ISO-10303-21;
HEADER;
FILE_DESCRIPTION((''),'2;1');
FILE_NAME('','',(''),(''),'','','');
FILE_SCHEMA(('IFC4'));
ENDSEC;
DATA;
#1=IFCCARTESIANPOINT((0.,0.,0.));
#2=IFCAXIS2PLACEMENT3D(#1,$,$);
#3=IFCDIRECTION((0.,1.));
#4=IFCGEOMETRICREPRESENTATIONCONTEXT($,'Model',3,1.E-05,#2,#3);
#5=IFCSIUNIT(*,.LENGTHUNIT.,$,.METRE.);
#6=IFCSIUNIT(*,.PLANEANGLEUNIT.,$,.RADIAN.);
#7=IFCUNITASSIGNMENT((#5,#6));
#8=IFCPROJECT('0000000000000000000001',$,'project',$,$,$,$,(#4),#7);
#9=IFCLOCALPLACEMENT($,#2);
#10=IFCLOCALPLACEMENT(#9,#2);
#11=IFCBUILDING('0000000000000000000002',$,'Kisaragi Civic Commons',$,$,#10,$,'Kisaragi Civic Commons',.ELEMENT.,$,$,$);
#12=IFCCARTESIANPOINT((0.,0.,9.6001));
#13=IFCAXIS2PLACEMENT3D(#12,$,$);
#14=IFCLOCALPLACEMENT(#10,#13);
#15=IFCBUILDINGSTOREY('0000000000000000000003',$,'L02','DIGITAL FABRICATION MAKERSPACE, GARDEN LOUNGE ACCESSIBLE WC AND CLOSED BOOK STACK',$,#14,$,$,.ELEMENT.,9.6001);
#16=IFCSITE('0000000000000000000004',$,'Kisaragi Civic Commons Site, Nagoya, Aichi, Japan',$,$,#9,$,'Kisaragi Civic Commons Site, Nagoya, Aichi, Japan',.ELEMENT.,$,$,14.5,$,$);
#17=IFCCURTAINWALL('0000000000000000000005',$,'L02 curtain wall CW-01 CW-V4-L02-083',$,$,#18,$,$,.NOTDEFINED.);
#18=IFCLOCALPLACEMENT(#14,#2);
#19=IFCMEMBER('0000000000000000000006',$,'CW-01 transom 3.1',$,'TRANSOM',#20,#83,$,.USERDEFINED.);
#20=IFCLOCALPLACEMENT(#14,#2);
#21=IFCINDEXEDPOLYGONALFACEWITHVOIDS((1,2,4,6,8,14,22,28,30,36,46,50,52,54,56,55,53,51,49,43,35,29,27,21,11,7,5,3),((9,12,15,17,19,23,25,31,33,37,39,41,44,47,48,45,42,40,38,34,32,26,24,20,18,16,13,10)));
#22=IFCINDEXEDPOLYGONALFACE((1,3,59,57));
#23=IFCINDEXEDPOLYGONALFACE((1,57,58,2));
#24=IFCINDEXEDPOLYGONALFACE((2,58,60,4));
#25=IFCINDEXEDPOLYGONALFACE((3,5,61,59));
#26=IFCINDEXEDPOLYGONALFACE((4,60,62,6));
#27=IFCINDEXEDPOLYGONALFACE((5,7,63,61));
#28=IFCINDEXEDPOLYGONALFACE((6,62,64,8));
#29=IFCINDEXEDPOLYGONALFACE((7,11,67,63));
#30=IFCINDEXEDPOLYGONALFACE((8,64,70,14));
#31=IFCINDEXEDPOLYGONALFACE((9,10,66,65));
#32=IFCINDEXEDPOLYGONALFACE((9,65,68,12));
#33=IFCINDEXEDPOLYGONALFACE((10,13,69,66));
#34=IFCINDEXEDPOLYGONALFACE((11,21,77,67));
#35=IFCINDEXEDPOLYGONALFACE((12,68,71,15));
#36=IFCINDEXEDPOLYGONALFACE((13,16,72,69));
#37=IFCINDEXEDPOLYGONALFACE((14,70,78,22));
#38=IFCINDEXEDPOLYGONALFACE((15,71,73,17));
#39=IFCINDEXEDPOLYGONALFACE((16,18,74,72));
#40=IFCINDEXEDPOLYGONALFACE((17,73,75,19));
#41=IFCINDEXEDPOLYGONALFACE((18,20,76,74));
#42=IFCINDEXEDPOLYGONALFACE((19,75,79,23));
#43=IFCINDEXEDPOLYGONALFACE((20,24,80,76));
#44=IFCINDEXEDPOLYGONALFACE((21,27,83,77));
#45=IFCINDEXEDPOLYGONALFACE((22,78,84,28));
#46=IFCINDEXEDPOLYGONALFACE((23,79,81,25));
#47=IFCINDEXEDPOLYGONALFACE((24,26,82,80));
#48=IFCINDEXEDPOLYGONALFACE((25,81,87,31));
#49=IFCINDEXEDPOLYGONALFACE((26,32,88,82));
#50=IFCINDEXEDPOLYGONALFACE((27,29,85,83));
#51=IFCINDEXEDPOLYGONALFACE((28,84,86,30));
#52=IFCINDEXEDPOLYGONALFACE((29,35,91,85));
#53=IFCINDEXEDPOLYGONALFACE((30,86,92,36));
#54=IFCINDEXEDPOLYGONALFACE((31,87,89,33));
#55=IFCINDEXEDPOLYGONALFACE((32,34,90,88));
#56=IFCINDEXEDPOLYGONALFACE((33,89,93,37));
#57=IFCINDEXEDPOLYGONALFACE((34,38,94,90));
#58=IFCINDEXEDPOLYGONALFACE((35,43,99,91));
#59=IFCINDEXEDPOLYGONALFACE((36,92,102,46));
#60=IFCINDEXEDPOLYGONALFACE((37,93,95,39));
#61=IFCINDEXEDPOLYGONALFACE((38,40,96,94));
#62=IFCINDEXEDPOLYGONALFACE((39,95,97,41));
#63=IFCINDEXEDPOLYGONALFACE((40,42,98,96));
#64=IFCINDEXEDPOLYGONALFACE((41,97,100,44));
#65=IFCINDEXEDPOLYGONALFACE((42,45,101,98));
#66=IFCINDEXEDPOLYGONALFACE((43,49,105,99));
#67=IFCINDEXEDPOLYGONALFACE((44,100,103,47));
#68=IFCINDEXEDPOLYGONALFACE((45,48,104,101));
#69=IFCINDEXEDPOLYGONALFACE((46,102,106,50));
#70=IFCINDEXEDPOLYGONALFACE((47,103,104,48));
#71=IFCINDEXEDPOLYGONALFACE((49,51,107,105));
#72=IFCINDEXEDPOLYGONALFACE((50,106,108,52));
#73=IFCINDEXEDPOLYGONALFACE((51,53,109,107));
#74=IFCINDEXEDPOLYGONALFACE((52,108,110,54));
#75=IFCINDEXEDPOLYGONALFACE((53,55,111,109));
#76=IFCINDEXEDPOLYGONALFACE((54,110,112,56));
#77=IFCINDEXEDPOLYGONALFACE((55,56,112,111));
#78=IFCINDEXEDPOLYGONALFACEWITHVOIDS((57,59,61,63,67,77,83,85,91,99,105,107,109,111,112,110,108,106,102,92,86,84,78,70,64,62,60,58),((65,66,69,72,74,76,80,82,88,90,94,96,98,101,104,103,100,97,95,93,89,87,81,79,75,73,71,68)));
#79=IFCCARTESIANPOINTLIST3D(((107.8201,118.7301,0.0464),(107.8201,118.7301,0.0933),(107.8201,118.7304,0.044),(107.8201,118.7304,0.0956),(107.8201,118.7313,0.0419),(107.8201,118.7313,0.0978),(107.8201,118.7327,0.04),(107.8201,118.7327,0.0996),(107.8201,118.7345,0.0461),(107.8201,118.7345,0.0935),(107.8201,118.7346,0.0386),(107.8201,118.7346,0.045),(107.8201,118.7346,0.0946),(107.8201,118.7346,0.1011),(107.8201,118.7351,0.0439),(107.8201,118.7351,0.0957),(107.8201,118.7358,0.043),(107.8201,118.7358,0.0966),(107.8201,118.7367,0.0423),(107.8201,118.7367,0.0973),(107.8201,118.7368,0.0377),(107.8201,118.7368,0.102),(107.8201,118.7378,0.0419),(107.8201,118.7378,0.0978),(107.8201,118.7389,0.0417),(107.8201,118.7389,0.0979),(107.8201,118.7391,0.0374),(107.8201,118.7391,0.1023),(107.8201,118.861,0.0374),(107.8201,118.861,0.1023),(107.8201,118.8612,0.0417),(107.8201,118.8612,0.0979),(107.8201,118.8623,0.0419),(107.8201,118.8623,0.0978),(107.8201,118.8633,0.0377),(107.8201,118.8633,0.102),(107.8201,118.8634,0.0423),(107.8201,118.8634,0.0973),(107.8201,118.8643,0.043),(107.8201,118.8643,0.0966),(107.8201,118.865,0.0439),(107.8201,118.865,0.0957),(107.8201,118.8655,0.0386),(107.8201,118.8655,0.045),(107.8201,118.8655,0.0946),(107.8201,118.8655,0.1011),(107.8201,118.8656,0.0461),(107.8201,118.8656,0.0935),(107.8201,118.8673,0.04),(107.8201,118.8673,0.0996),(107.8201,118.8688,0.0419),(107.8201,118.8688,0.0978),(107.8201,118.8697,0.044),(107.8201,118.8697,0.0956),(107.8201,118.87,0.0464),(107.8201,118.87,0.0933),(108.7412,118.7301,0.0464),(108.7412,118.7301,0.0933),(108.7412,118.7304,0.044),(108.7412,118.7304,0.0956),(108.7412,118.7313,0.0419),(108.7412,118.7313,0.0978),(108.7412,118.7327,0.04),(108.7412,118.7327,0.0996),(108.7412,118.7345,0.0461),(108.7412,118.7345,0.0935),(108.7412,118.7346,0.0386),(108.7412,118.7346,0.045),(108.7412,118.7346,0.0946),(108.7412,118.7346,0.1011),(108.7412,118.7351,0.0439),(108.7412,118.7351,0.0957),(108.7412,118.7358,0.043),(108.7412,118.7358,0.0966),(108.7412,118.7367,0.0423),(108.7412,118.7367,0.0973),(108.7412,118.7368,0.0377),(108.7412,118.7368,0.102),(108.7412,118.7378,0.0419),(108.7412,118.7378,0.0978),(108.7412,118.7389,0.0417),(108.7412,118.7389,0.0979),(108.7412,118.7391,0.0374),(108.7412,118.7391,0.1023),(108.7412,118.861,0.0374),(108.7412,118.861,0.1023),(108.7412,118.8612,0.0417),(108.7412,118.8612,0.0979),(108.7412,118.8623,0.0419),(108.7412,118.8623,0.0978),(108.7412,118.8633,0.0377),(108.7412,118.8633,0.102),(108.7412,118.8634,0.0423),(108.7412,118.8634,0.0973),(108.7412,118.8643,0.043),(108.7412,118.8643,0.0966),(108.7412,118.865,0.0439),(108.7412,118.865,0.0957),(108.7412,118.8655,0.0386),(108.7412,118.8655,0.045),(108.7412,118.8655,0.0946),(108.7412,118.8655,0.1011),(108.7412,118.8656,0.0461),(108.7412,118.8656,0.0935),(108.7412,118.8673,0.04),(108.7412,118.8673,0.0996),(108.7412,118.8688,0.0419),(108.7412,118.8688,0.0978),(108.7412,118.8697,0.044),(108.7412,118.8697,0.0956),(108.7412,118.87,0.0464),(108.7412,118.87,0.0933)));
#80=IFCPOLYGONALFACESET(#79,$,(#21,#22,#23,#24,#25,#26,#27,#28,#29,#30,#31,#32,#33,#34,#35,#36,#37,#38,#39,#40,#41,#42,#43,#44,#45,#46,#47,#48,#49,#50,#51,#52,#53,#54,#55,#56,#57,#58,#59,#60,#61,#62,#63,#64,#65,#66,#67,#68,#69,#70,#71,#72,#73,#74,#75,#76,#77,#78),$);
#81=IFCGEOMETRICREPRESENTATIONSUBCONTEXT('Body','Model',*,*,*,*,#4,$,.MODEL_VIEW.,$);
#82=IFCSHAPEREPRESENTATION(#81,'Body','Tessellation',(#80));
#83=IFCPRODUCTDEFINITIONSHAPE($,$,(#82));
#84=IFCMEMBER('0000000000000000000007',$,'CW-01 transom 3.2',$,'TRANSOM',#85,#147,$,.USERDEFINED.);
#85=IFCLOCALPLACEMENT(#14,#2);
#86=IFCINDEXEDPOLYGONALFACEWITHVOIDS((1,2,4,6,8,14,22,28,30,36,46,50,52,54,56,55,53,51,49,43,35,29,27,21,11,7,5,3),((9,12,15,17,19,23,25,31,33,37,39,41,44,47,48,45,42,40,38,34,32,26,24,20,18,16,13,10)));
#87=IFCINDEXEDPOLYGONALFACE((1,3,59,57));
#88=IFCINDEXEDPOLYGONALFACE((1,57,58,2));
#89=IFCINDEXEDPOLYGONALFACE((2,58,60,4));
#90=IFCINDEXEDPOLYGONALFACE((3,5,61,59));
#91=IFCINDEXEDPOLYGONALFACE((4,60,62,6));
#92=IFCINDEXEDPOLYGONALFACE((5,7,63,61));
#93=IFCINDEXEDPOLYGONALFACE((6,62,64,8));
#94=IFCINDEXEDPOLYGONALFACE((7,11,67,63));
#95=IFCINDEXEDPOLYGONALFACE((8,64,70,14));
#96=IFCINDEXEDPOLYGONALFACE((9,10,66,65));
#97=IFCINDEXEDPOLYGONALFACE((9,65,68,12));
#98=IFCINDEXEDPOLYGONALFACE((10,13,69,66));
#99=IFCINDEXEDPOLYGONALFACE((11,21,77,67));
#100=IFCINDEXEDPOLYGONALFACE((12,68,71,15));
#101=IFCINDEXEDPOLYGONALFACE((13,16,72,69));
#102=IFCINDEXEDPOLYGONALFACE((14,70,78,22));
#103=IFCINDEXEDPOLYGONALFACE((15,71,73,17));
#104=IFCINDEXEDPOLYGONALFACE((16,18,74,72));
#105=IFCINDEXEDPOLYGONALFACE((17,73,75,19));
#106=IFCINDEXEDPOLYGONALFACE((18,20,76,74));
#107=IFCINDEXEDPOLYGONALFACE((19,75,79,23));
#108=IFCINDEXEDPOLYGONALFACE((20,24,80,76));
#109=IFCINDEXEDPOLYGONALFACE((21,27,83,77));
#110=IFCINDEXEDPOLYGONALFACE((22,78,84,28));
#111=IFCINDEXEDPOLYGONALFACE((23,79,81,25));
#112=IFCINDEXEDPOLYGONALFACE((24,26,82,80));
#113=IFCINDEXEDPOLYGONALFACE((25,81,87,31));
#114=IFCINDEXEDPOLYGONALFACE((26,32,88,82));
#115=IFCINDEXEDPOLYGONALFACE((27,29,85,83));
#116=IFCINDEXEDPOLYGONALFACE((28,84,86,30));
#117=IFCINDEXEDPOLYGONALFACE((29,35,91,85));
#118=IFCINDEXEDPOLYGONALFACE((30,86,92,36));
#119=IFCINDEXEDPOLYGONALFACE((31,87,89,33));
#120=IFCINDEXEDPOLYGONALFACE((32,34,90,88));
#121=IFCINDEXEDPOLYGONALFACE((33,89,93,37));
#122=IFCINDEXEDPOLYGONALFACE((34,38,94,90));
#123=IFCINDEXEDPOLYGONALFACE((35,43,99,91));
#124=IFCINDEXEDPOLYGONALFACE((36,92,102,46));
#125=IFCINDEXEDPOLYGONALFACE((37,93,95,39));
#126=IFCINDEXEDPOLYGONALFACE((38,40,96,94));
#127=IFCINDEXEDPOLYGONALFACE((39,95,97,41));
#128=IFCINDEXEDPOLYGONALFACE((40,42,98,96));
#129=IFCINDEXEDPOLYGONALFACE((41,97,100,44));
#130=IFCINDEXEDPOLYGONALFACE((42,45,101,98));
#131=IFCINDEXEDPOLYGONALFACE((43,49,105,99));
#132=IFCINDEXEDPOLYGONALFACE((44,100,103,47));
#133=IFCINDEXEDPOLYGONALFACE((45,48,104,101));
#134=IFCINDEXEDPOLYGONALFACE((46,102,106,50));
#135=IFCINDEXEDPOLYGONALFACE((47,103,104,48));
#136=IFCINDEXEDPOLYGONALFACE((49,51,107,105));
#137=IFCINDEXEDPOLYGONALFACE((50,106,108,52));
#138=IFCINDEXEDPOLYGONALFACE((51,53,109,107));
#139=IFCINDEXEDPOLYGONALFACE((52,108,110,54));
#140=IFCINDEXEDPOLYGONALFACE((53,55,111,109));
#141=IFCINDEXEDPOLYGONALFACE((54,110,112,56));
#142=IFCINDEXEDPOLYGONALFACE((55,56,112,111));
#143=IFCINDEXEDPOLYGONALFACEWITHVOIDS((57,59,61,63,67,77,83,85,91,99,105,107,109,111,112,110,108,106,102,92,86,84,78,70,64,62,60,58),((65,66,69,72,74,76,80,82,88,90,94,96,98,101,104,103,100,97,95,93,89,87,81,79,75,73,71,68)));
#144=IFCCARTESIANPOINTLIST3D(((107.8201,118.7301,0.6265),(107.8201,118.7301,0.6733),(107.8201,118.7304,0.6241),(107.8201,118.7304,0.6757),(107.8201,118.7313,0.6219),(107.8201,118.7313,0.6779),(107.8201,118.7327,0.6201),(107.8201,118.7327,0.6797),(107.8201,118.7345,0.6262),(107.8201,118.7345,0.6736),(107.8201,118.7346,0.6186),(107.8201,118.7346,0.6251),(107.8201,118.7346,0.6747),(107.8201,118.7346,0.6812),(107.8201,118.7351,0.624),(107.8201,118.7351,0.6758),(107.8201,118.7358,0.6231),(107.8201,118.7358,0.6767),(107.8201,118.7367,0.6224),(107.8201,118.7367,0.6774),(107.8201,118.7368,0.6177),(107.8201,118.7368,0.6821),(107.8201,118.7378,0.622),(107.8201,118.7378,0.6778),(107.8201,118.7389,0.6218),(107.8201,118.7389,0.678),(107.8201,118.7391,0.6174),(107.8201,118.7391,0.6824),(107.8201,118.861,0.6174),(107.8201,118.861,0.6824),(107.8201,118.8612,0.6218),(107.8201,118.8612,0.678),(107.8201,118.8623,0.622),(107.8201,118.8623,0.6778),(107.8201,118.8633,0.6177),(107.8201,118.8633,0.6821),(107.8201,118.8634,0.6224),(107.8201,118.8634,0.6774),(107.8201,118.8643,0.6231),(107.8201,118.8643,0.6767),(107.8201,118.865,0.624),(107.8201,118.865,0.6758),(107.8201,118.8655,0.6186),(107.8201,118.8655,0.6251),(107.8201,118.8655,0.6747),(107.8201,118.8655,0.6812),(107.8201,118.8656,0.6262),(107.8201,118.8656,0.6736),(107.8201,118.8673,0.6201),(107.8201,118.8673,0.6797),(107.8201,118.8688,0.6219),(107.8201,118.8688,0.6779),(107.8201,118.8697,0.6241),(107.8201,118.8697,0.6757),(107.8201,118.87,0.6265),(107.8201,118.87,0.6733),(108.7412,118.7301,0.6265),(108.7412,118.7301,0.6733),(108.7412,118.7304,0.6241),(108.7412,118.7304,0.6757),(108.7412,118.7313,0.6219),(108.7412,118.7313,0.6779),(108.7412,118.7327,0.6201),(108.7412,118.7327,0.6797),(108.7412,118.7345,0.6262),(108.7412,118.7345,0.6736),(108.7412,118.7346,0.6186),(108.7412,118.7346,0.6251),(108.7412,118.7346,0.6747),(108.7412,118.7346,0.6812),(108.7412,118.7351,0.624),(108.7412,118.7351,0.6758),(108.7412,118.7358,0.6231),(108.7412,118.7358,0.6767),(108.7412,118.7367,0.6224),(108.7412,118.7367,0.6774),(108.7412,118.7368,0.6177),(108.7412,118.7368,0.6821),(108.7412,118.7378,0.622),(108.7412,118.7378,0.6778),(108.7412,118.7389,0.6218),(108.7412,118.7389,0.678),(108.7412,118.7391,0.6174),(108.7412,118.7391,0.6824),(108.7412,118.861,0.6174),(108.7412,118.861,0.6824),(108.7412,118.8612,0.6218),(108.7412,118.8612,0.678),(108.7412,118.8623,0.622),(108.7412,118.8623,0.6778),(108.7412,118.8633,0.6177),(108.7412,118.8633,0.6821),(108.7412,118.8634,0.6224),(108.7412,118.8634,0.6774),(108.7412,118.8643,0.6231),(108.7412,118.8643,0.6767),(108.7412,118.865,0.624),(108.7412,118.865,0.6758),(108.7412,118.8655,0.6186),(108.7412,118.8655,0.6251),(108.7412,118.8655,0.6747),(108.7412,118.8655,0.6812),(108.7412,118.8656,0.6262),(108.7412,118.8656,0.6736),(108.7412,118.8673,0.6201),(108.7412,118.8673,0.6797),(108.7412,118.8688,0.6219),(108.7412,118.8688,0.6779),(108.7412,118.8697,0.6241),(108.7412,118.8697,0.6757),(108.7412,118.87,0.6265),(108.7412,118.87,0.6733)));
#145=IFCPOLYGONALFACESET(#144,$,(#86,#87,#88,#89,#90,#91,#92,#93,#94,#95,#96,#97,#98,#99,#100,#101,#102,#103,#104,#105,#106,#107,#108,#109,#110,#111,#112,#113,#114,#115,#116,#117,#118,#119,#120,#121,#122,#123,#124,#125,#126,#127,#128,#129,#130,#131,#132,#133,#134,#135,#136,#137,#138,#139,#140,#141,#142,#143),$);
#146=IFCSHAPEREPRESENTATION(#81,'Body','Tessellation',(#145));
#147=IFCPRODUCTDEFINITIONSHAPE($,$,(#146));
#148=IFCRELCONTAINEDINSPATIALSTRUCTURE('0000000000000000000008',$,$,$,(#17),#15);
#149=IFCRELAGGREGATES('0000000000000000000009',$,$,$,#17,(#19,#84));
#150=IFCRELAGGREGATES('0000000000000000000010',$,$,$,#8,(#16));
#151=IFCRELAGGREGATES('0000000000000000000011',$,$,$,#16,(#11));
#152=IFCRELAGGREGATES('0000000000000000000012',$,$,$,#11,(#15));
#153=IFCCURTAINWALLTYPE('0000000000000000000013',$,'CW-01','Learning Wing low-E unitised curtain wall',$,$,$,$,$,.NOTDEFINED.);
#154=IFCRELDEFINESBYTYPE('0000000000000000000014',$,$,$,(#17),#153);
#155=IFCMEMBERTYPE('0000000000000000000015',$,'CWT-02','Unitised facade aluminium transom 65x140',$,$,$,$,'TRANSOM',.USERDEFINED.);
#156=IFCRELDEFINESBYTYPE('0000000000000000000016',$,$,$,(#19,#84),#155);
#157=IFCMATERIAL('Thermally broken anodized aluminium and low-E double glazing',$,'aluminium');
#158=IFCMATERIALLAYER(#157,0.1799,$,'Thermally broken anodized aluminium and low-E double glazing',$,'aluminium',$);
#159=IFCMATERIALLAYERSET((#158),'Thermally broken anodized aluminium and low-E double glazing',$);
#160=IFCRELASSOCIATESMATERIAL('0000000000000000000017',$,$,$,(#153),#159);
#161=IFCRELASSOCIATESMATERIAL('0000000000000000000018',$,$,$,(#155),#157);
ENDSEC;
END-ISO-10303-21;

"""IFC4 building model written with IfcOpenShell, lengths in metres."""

from ifc_helpers import new_model, si_unit, direction, frame, origin, origin_2d, place, context, subcontext, project, spatial, hollow_rectangle, extrude, material, layer, layer_set, material_profile, profile_set, type_object, element, aggregate, save


model = new_model("IFC4")

# Units and contexts
model_context = context("Model", 3, precision=1e-05, world=origin(), true_north=direction((0.0, 1.0)))
body_context = subcontext(model_context, "Body", "Model", "MODEL_VIEW")
ifc_project = project(units=[si_unit("LENGTHUNIT", "METRE"), si_unit("PLANEANGLEUNIT", "RADIAN")], contexts=[model_context])

# Site, building, storey
site_placement = place(None, origin())
site = spatial("IfcSite", under=ifc_project, at=site_placement, Name="Kisaragi Civic Commons Site, Nagoya, Aichi, Japan", LongName="Kisaragi Civic Commons Site, Nagoya, Aichi, Japan", CompositionType="ELEMENT", RefElevation=14.5)
building_placement = place(site_placement, origin())
building = spatial("IfcBuilding", under=site, at=building_placement, Name="Kisaragi Civic Commons", LongName="Kisaragi Civic Commons", CompositionType="ELEMENT")
storey_placement = place(building_placement, frame((0.0, 0.0, 9.6001)))
storey = spatial("IfcBuildingStorey", under=building, at=storey_placement, Name="L02", Description="DIGITAL FABRICATION MAKERSPACE, GARDEN LOUNGE ACCESSIBLE WC AND CLOSED BOOK STACK", CompositionType="ELEMENT", Elevation=9.6001)

# Curtain wall
ifc_material = material(Name="Thermally broken anodized aluminium and low-E double glazing", Category="aluminium")
ifc_layer_1 = layer(ifc_material, 0.1799, Name="Thermally broken anodized aluminium and low-E double glazing", Category="aluminium")
ifc_layer_set_1 = layer_set([ifc_layer_1], Name="Thermally broken anodized aluminium and low-E double glazing")
curtain_wall_type = type_object("IfcCurtainWallType", Name="CW-01", Description="Learning Wing low-E unitised curtain wall", PredefinedType="NOTDEFINED", material=ifc_layer_set_1)
curtain_wall_1_placement = place(storey_placement, origin())
curtain_wall_1 = element("IfcCurtainWall", 1, at=curtain_wall_1_placement, inside=storey, type_object=curtain_wall_type, Name="L02 curtain wall CW-01 CW-V4-L02-083", PredefinedType="NOTDEFINED")

# Members
ifc_material_profile_1 = material_profile(ifc_material, hollow_rectangle(XDim=0.1399, YDim=0.0649, WallThickness=0.0044, InnerFilletRadius=0.0044, OuterFilletRadius=0.009, at=origin_2d()), Name="CWT-65x140x4.5", Category="aluminium")
ifc_profile_set_1 = profile_set([ifc_material_profile_1], Name="Thermally broken anodized aluminium and low-E double glazing")
member_type_1 = type_object("IfcMemberType", Name="CWT-02", Description="Unitised facade aluminium transom 65x140", ElementType="TRANSOM", PredefinedType="USERDEFINED", material=ifc_profile_set_1)
member_1_placement = place(storey_placement, frame((107.8201, 118.8, 0.0698), z_axis=(1.0, 0.0, 0.0), x_axis=(0.0, 1.0, 0.0)))
member_1 = element("IfcMember", 2, at=member_1_placement, type_object=member_type_1, Name="CW-01 transom 3.1", ObjectType="TRANSOM", PredefinedType="USERDEFINED", context=body_context, shape_type="SweptSolid", body=[
    extrude(hollow_rectangle(XDim=0.1399, YDim=0.0649, WallThickness=0.0044, InnerFilletRadius=0.0044, OuterFilletRadius=0.009, at=origin_2d()), origin(), (0.0, 0.0, 1.0), 0.9211),
])
member_2_placement = place(storey_placement, frame((107.8201, 118.8, 0.6499), z_axis=(1.0, 0.0, 0.0), x_axis=(0.0, 1.0, 0.0)))
member_2 = element("IfcMember", 3, at=member_2_placement, type_object=member_type_1, Name="CW-01 transom 3.2", ObjectType="TRANSOM", PredefinedType="USERDEFINED", context=body_context, shape_type="SweptSolid", body=[
    extrude(hollow_rectangle(XDim=0.1399, YDim=0.0649, WallThickness=0.0044, InnerFilletRadius=0.0044, OuterFilletRadius=0.009, at=origin_2d()), origin(), (0.0, 0.0, 1.0), 0.9211),
])

aggregate(curtain_wall_1, [member_1, member_2])

save(model, "model.ifc")
